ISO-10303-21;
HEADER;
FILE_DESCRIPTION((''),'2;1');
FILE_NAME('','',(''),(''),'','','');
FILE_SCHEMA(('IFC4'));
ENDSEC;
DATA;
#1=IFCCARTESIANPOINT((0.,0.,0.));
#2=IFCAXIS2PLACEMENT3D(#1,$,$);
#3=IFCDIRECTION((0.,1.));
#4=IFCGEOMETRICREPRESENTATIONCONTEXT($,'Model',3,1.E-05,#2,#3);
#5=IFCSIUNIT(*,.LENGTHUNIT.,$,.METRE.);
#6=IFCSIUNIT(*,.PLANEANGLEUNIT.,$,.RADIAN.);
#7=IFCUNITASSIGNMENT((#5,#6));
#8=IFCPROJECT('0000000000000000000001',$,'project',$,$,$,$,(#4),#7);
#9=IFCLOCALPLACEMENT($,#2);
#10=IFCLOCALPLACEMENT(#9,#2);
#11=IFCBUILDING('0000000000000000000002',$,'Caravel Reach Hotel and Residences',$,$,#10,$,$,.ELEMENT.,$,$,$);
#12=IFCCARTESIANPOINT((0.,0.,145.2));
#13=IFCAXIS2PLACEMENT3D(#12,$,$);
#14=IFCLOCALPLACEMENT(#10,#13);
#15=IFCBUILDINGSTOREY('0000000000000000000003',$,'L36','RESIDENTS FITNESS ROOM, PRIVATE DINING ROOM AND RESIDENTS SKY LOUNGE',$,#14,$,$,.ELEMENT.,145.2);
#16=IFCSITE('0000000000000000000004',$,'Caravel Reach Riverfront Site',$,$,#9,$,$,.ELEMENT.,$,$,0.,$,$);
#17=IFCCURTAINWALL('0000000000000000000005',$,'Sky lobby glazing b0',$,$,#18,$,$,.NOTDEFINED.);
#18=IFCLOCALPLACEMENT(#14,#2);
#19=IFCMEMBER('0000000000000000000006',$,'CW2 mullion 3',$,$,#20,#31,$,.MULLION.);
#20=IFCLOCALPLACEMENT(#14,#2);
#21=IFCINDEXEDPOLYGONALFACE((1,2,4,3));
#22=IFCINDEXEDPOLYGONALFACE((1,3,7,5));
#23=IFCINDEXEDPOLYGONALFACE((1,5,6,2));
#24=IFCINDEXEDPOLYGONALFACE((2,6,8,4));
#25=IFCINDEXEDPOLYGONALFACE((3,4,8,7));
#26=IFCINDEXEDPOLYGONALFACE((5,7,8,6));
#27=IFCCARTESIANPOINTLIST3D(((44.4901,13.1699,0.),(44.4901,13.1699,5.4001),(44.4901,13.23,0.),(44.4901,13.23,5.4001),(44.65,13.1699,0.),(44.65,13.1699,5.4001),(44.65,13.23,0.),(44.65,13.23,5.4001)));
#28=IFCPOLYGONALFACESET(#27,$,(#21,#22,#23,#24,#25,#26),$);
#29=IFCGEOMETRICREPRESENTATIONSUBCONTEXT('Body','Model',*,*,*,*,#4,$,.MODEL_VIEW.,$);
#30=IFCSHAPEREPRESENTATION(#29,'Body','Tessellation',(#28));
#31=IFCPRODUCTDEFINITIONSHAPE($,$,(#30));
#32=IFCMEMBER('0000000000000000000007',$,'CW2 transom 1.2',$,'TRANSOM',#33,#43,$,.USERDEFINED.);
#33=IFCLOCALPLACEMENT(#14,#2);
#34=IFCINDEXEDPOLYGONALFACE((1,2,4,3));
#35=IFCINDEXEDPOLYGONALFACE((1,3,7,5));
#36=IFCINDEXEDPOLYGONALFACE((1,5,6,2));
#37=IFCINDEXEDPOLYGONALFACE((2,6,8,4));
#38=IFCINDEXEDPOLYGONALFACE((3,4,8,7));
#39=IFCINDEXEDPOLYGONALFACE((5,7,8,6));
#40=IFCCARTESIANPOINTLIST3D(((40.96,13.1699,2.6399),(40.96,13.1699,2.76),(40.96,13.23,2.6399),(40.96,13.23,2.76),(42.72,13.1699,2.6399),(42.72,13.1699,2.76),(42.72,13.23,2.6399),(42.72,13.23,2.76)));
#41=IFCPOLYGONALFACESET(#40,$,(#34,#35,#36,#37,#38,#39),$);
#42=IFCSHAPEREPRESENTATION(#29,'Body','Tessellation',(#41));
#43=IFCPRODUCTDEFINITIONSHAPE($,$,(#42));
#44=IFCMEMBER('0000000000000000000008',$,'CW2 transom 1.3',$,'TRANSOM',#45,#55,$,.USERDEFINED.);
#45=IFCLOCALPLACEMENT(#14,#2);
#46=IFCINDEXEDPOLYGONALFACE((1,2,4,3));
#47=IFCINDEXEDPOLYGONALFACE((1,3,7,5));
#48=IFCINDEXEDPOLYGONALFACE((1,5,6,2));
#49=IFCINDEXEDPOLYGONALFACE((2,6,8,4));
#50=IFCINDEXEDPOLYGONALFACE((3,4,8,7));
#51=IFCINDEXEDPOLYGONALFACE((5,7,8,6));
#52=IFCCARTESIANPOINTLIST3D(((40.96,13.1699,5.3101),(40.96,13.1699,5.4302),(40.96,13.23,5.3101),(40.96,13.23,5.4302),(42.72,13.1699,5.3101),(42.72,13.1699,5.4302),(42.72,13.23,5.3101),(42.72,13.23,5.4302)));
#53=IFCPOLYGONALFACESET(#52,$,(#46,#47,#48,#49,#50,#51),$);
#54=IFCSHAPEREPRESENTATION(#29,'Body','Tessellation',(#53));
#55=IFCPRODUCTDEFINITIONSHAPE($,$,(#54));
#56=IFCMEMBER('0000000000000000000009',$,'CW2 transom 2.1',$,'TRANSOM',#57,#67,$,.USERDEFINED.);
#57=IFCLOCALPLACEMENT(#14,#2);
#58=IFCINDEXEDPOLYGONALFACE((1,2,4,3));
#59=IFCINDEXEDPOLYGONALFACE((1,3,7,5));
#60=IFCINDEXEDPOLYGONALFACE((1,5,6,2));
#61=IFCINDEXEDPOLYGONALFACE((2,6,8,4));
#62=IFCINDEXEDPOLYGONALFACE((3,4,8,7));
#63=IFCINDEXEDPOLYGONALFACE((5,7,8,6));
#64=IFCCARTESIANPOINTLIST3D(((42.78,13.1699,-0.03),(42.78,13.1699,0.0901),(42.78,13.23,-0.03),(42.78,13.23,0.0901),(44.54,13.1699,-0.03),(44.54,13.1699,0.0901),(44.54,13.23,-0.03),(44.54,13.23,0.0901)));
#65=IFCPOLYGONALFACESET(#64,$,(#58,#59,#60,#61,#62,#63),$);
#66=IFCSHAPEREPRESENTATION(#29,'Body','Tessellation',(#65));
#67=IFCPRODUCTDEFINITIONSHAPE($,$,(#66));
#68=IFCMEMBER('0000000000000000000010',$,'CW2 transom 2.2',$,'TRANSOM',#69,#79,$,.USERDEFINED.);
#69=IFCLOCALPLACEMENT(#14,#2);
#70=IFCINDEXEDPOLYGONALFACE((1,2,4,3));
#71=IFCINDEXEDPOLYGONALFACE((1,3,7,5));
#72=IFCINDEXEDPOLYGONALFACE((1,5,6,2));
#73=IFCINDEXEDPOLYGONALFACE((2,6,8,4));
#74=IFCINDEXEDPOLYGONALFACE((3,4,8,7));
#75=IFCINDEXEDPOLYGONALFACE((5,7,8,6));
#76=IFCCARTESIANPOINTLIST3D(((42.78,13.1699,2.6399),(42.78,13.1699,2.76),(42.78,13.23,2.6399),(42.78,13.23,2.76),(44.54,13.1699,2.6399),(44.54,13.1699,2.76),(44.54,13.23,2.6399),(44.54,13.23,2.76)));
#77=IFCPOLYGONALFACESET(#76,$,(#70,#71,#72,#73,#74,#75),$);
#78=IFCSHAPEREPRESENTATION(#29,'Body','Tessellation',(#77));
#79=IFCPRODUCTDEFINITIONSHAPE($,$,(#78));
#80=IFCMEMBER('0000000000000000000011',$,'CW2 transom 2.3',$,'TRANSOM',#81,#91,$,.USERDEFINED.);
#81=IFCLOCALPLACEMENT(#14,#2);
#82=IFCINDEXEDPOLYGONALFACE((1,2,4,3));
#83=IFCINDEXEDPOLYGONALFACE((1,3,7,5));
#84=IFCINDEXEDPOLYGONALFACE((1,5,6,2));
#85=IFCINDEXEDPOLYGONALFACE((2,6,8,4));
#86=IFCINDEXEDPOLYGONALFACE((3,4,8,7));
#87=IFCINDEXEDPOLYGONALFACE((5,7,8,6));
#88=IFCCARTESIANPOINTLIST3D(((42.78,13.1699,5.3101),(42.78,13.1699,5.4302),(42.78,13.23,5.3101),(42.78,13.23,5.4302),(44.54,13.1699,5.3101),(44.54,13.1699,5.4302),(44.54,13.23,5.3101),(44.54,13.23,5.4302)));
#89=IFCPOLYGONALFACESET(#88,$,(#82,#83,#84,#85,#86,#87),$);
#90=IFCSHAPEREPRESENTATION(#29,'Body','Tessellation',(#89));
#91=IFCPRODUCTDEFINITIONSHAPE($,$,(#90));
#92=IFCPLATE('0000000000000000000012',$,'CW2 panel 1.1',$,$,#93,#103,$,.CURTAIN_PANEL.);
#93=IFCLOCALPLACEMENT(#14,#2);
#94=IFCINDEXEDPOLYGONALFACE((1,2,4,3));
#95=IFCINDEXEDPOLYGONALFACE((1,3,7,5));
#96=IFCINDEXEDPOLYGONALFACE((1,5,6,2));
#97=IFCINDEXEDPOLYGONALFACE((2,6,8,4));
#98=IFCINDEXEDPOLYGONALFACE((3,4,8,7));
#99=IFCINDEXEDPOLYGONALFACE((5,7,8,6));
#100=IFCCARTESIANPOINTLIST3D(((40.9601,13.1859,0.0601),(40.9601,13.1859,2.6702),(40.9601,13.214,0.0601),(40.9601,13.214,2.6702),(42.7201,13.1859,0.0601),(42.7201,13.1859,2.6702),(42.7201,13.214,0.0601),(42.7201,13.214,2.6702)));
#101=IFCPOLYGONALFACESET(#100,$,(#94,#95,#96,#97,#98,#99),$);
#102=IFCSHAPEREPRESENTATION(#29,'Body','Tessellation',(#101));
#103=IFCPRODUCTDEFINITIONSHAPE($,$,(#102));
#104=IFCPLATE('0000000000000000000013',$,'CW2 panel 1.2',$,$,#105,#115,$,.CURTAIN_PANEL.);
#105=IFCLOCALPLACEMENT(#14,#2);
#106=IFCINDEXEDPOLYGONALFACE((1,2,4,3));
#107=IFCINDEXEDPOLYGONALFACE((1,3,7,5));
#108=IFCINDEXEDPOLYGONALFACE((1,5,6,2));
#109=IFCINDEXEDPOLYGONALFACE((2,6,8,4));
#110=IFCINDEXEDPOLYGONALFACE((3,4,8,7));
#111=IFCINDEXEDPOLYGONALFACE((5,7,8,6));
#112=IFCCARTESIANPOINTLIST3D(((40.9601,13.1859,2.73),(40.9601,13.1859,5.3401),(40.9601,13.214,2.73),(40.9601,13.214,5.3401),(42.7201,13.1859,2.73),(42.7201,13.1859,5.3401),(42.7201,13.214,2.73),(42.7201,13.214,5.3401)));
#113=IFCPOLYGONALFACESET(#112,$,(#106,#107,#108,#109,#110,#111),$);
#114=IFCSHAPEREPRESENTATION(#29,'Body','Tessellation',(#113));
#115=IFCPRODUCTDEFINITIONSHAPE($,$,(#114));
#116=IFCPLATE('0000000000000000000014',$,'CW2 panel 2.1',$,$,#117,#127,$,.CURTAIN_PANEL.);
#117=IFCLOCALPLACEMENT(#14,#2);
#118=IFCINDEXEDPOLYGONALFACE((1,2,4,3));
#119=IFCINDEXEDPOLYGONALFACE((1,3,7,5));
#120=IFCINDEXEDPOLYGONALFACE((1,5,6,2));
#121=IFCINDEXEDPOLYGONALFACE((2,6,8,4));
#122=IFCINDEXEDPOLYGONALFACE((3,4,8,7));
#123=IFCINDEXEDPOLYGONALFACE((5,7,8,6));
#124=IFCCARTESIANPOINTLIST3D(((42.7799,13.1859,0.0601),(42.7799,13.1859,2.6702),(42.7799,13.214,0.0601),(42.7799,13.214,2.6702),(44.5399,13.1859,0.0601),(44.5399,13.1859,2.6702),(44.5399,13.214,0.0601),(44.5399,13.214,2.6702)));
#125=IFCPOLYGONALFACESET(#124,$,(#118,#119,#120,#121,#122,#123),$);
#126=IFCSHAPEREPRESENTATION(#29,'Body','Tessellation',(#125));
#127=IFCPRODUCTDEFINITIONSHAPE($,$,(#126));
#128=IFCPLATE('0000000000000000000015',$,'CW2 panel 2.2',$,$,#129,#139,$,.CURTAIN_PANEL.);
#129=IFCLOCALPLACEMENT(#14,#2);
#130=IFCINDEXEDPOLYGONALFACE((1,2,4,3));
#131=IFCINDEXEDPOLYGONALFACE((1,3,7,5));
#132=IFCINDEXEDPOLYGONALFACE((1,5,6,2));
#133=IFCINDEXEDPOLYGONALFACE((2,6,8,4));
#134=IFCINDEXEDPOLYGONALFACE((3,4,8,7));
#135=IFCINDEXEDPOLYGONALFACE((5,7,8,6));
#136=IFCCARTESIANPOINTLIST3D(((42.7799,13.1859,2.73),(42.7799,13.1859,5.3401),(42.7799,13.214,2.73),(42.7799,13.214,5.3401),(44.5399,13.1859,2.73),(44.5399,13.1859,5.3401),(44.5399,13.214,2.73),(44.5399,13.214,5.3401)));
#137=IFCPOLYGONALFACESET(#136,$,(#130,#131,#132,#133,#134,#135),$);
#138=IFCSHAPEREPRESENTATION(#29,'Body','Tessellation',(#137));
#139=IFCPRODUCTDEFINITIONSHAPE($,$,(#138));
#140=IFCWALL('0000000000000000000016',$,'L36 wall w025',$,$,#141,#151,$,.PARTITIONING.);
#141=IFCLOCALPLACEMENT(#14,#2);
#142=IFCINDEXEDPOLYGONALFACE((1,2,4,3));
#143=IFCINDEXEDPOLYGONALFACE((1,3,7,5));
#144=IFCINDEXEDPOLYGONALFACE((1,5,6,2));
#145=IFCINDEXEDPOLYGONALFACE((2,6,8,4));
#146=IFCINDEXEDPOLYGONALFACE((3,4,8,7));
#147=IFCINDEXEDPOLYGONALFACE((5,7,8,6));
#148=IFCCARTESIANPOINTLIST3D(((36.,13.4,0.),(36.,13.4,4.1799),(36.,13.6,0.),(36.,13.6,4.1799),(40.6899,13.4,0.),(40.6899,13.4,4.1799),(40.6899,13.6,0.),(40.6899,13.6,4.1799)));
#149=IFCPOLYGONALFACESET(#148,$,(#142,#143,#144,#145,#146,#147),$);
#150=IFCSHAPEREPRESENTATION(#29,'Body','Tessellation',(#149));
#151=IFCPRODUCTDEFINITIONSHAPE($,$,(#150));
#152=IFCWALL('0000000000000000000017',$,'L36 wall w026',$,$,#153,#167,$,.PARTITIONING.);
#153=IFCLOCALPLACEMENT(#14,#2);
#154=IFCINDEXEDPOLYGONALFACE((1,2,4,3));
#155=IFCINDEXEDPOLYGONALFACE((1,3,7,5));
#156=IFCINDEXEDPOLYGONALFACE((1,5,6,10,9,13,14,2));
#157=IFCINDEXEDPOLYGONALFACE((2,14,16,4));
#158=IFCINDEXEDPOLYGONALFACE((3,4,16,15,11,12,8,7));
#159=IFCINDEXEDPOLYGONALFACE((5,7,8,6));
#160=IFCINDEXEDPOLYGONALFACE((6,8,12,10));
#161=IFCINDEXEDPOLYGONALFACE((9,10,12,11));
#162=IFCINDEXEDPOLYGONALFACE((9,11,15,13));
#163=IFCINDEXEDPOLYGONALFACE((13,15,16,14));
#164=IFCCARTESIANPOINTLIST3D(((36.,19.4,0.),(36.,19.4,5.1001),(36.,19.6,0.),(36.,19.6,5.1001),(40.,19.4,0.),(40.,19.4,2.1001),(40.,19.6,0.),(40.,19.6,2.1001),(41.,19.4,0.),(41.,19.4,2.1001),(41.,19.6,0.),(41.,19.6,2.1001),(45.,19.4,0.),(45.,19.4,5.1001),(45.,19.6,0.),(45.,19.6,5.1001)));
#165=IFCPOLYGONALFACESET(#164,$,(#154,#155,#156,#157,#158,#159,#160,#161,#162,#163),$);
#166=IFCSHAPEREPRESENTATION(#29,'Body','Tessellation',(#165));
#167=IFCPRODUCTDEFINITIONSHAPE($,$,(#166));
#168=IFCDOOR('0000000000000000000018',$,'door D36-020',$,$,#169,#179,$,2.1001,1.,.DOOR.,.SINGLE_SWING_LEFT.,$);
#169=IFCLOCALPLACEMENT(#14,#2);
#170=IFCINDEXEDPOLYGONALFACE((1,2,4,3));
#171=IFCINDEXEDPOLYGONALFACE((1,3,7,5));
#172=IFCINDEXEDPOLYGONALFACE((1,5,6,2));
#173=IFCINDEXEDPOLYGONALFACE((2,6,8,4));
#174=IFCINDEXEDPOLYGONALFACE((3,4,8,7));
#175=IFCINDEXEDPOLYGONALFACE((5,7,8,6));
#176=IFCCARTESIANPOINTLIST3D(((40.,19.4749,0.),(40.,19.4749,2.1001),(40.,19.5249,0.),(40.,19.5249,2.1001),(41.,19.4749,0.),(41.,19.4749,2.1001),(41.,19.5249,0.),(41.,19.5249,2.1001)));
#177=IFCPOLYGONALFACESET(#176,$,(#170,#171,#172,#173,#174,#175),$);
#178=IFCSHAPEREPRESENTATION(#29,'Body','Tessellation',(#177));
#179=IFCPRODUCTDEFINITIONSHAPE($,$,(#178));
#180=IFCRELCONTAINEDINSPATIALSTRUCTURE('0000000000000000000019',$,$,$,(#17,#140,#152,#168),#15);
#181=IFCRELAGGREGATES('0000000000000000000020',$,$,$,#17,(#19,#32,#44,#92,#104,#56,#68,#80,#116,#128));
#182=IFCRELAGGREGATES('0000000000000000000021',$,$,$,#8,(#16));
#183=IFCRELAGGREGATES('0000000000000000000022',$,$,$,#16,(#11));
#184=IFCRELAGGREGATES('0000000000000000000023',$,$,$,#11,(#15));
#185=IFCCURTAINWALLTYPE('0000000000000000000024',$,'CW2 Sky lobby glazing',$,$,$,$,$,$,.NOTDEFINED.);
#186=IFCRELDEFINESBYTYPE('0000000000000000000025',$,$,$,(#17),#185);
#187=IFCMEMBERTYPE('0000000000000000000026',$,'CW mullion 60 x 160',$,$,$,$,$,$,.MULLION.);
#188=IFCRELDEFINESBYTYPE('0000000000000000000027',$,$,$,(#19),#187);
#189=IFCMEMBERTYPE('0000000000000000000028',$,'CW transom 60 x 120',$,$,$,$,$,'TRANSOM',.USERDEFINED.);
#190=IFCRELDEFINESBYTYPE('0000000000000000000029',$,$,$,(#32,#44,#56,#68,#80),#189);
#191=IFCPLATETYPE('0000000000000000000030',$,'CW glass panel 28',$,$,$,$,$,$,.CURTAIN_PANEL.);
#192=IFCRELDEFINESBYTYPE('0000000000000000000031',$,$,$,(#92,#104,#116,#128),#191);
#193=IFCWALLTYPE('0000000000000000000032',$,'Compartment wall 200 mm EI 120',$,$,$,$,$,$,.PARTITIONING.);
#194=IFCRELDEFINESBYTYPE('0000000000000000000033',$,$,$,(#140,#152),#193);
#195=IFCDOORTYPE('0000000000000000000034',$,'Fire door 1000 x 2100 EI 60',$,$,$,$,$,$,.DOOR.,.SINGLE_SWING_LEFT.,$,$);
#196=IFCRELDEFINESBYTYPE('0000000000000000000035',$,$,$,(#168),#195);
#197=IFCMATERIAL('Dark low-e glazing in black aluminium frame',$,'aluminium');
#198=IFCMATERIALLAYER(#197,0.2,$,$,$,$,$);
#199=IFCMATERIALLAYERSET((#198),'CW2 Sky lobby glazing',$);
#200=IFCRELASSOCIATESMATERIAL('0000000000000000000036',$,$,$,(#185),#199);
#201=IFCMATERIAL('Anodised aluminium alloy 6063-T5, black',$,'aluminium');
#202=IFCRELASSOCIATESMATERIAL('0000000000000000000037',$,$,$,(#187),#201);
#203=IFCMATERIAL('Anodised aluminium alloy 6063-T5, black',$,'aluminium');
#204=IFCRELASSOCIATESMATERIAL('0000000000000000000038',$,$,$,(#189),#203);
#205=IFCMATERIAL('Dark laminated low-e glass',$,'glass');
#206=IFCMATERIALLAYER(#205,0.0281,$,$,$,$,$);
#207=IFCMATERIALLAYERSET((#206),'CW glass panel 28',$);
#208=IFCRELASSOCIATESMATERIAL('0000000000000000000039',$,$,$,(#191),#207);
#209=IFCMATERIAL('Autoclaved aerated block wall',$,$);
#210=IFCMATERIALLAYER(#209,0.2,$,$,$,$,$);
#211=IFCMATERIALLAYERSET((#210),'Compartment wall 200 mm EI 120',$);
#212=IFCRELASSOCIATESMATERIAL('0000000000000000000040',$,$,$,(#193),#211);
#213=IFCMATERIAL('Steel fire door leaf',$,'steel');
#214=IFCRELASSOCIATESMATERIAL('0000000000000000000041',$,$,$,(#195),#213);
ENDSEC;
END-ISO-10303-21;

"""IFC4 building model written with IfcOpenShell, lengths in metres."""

from ifc_helpers import new_model, si_unit, direction, frame, frame_2d, origin, origin_2d, place, context, subcontext, project, spatial, rectangle, extrude, material, layer, layer_set, material_profile, profile_set, type_object, element, fill, aggregate, save


model = new_model("IFC4")

# Units and contexts
model_context = context("Model", 3, precision=1e-05, world=origin(), true_north=direction((0.0, 1.0)))
body_context = subcontext(model_context, "Body", "Model", "MODEL_VIEW")
ifc_project = project(units=[si_unit("LENGTHUNIT", "METRE"), si_unit("PLANEANGLEUNIT", "RADIAN")], contexts=[model_context])

# Site, building, storey
site_placement = place(None, origin())
site = spatial("IfcSite", under=ifc_project, at=site_placement, Name="Caravel Reach Riverfront Site", CompositionType="ELEMENT", RefElevation=0.0)
building_placement = place(site_placement, origin())
building = spatial("IfcBuilding", under=site, at=building_placement, Name="Caravel Reach Hotel and Residences", CompositionType="ELEMENT")
storey_placement = place(building_placement, frame((0.0, 0.0, 145.2)))
storey = spatial("IfcBuildingStorey", under=building, at=storey_placement, Name="L36", Description="RESIDENTS FITNESS ROOM, PRIVATE DINING ROOM AND RESIDENTS SKY LOUNGE", CompositionType="ELEMENT", Elevation=145.2)

# Curtain wall, members, plates
ifc_material_1 = material(Name="Dark low-e glazing in black aluminium frame", Category="aluminium")
ifc_layer_1 = layer(ifc_material_1, 0.2)
ifc_layer_set_1 = layer_set([ifc_layer_1], Name="CW2 Sky lobby glazing")
curtain_wall_type = type_object("IfcCurtainWallType", Name="CW2 Sky lobby glazing", PredefinedType="NOTDEFINED", material=ifc_layer_set_1)
curtain_wall_placement = place(storey_placement, origin())
curtain_wall = element("IfcCurtainWall", 1, at=curtain_wall_placement, inside=storey, type_object=curtain_wall_type, Name="Sky lobby glazing b0", PredefinedType="NOTDEFINED")
ifc_material_2 = material(Name="Anodised aluminium alloy 6063-T5, black", Category="aluminium")
ifc_material_profile_1 = material_profile(ifc_material_2, rectangle(XDim=0.0601, YDim=0.1599, at=origin_2d()), Name="CW mullion 60 x 160")
ifc_profile_set_1 = profile_set([ifc_material_profile_1], Name="Anodised aluminium alloy 6063-T5, black")
member_type_1 = type_object("IfcMemberType", Name="CW mullion 60 x 160", PredefinedType="MULLION", material=ifc_profile_set_1)
member_1_placement = place(storey_placement, frame((44.5701, 13.2, 0.0), z_axis=(0.0, 0.0, 1.0), x_axis=(0.0, 1.0, 0.0)))
member_1 = element("IfcMember", 2, at=member_1_placement, type_object=member_type_1, Name="CW2 mullion 3", PredefinedType="MULLION", context=body_context, shape_type="SweptSolid", body=[
    extrude(rectangle(XDim=0.0601, YDim=0.1599, at=origin_2d()), origin(), (0.0, 0.0, 1.0), 5.4001),
])
ifc_material_3 = material(Name="Anodised aluminium alloy 6063-T5, black", Category="aluminium")
ifc_material_profile_2 = material_profile(ifc_material_3, rectangle(XDim=0.0601, YDim=0.1201, at=origin_2d()), Name="CW transom 60 x 120")
ifc_profile_set_2 = profile_set([ifc_material_profile_2], Name="Anodised aluminium alloy 6063-T5, black")
member_type_2 = type_object("IfcMemberType", Name="CW transom 60 x 120", ElementType="TRANSOM", PredefinedType="USERDEFINED", material=ifc_profile_set_2)
member_2_placement = place(storey_placement, frame((40.96, 13.2, 2.7), z_axis=(1.0, 0.0, 0.0), x_axis=(0.0, 1.0, 0.0)))
member_2 = element("IfcMember", 3, at=member_2_placement, type_object=member_type_2, Name="CW2 transom 1.2", ObjectType="TRANSOM", PredefinedType="USERDEFINED", context=body_context, shape_type="SweptSolid", body=[
    extrude(rectangle(XDim=0.0601, YDim=0.1201, at=origin_2d()), origin(), (0.0, 0.0, 1.0), 1.76),
])
member_3_placement = place(storey_placement, frame((40.96, 13.2, 5.3701), z_axis=(1.0, 0.0, 0.0), x_axis=(0.0, 1.0, 0.0)))
member_3 = element("IfcMember", 4, at=member_3_placement, type_object=member_type_2, Name="CW2 transom 1.3", ObjectType="TRANSOM", PredefinedType="USERDEFINED", context=body_context, shape_type="SweptSolid", body=[
    extrude(rectangle(XDim=0.0601, YDim=0.1201, at=origin_2d()), origin(), (0.0, 0.0, 1.0), 1.76),
])
member_4_placement = place(storey_placement, frame((42.78, 13.2, 0.03), z_axis=(1.0, 0.0, 0.0), x_axis=(0.0, 1.0, 0.0)))
member_4 = element("IfcMember", 5, at=member_4_placement, type_object=member_type_2, Name="CW2 transom 2.1", ObjectType="TRANSOM", PredefinedType="USERDEFINED", context=body_context, shape_type="SweptSolid", body=[
    extrude(rectangle(XDim=0.0601, YDim=0.1201, at=origin_2d()), origin(), (0.0, 0.0, 1.0), 1.76),
])
member_5_placement = place(storey_placement, frame((42.78, 13.2, 2.7), z_axis=(1.0, 0.0, 0.0), x_axis=(0.0, 1.0, 0.0)))
member_5 = element("IfcMember", 6, at=member_5_placement, type_object=member_type_2, Name="CW2 transom 2.2", ObjectType="TRANSOM", PredefinedType="USERDEFINED", context=body_context, shape_type="SweptSolid", body=[
    extrude(rectangle(XDim=0.0601, YDim=0.1201, at=origin_2d()), origin(), (0.0, 0.0, 1.0), 1.76),
])
member_6_placement = place(storey_placement, frame((42.78, 13.2, 5.3701), z_axis=(1.0, 0.0, 0.0), x_axis=(0.0, 1.0, 0.0)))
member_6 = element("IfcMember", 7, at=member_6_placement, type_object=member_type_2, Name="CW2 transom 2.3", ObjectType="TRANSOM", PredefinedType="USERDEFINED", context=body_context, shape_type="SweptSolid", body=[
    extrude(rectangle(XDim=0.0601, YDim=0.1201, at=origin_2d()), origin(), (0.0, 0.0, 1.0), 1.76),
])
ifc_material_4 = material(Name="Dark laminated low-e glass", Category="glass")
ifc_layer_2 = layer(ifc_material_4, 0.0281)
ifc_layer_set_2 = layer_set([ifc_layer_2], Name="CW glass panel 28")
plate_type = type_object("IfcPlateType", Name="CW glass panel 28", PredefinedType="CURTAIN_PANEL", material=ifc_layer_set_2)
plate_1_placement = place(storey_placement, frame((41.8401, 13.2, 0.0601), z_axis=(0.0, 0.0, 1.0), x_axis=(1.0, 0.0, 0.0)))
plate_1 = element("IfcPlate", 8, at=plate_1_placement, type_object=plate_type, Name="CW2 panel 1.1", PredefinedType="CURTAIN_PANEL", context=body_context, shape_type="SweptSolid", body=[
    extrude(rectangle(XDim=1.76, YDim=0.0281, at=origin_2d()), origin(), (0.0, 0.0, 1.0), 2.6101),
])
plate_2_placement = place(storey_placement, frame((41.8401, 13.2, 2.73), z_axis=(0.0, 0.0, 1.0), x_axis=(1.0, 0.0, 0.0)))
plate_2 = element("IfcPlate", 9, at=plate_2_placement, type_object=plate_type, Name="CW2 panel 1.2", PredefinedType="CURTAIN_PANEL", context=body_context, shape_type="SweptSolid", body=[
    extrude(rectangle(XDim=1.76, YDim=0.0281, at=origin_2d()), origin(), (0.0, 0.0, 1.0), 2.6101),
])
plate_3_placement = place(storey_placement, frame((43.6599, 13.2, 0.0601), z_axis=(0.0, 0.0, 1.0), x_axis=(1.0, 0.0, 0.0)))
plate_3 = element("IfcPlate", 10, at=plate_3_placement, type_object=plate_type, Name="CW2 panel 2.1", PredefinedType="CURTAIN_PANEL", context=body_context, shape_type="SweptSolid", body=[
    extrude(rectangle(XDim=1.76, YDim=0.0281, at=origin_2d()), origin(), (0.0, 0.0, 1.0), 2.6101),
])
plate_4_placement = place(storey_placement, frame((43.6599, 13.2, 2.73), z_axis=(0.0, 0.0, 1.0), x_axis=(1.0, 0.0, 0.0)))
plate_4 = element("IfcPlate", 11, at=plate_4_placement, type_object=plate_type, Name="CW2 panel 2.2", PredefinedType="CURTAIN_PANEL", context=body_context, shape_type="SweptSolid", body=[
    extrude(rectangle(XDim=1.76, YDim=0.0281, at=origin_2d()), origin(), (0.0, 0.0, 1.0), 2.6101),
])
aggregate(curtain_wall, [member_1, member_2, member_3, plate_1, plate_2, member_4, member_5, member_6, plate_3, plate_4])

# Wall
ifc_material_5 = material(Name="Autoclaved aerated block wall")
ifc_layer_3 = layer(ifc_material_5, 0.2)
ifc_layer_set_3 = layer_set([ifc_layer_3], Name="Compartment wall 200 mm EI 120")
wall_type = type_object("IfcWallType", Name="Compartment wall 200 mm EI 120", PredefinedType="PARTITIONING", material=ifc_layer_set_3)
wall_1_placement = place(storey_placement, frame((36.0, 13.5, 0.0), z_axis=(0.0, 0.0, 1.0), x_axis=(1.0, 0.0, 0.0)))
element("IfcWall", 12, at=wall_1_placement, inside=storey, type_object=wall_type, Name="L36 wall w025", PredefinedType="PARTITIONING", context=body_context, shape_type="SweptSolid", body=[
    extrude(rectangle(XDim=4.6899, YDim=0.2, at=frame_2d((2.345, 0.0))), origin(), (0.0, 0.0, 1.0), 4.1799),
])

# Wall, opening, door
wall_2_placement = place(storey_placement, frame((36.0, 19.5, 0.0), z_axis=(0.0, 0.0, 1.0), x_axis=(1.0, 0.0, 0.0)))
wall_2 = element("IfcWall", 13, at=wall_2_placement, inside=storey, type_object=wall_type, Name="L36 wall w026", PredefinedType="PARTITIONING", context=body_context, shape_type="SweptSolid", body=[
    extrude(rectangle(XDim=9.0, YDim=0.2, at=frame_2d((4.5, 0.0))), origin(), (0.0, 0.0, 1.0), 5.1001),
])
opening_placement = place(wall_2_placement, frame((4.0, 0.0, 0.0)))
opening = element("IfcOpeningElement", 14, at=opening_placement, cuts=wall_2, PredefinedType="OPENING", context=body_context, shape_type="SweptSolid", body=[
    extrude(rectangle(XDim=1.0, YDim=2.1001, at=frame_2d((0.5, 1.05))), frame((0.0, 0.1099, 0.0), z_axis=(0.0, -1.0, 0.0), x_axis=(1.0, 0.0, 0.0)), (0.0, 0.0, 1.0), 0.22),
])
ifc_material_6 = material(Name="Steel fire door leaf", Category="steel")
door_type = type_object("IfcDoorType", Name="Fire door 1000 x 2100 EI 60", OperationType="SINGLE_SWING_LEFT", PredefinedType="DOOR", material=ifc_material_6)
door_placement = place(opening_placement, origin())
door = element("IfcDoor", 15, at=door_placement, inside=storey, type_object=door_type, Name="door D36-020", OperationType="SINGLE_SWING_LEFT", OverallHeight=2.1001, OverallWidth=1.0, PredefinedType="DOOR", context=body_context, shape_type="SweptSolid", body=[
    extrude(rectangle(XDim=1.0, YDim=2.1001, at=frame_2d((0.5, 1.05))), frame((0.0, 0.0249, 0.0), z_axis=(0.0, -1.0, 0.0), x_axis=(1.0, 0.0, 0.0)), (0.0, 0.0, 1.0), 0.05),
])
fill(opening, door)

save(model, "model.ifc")
